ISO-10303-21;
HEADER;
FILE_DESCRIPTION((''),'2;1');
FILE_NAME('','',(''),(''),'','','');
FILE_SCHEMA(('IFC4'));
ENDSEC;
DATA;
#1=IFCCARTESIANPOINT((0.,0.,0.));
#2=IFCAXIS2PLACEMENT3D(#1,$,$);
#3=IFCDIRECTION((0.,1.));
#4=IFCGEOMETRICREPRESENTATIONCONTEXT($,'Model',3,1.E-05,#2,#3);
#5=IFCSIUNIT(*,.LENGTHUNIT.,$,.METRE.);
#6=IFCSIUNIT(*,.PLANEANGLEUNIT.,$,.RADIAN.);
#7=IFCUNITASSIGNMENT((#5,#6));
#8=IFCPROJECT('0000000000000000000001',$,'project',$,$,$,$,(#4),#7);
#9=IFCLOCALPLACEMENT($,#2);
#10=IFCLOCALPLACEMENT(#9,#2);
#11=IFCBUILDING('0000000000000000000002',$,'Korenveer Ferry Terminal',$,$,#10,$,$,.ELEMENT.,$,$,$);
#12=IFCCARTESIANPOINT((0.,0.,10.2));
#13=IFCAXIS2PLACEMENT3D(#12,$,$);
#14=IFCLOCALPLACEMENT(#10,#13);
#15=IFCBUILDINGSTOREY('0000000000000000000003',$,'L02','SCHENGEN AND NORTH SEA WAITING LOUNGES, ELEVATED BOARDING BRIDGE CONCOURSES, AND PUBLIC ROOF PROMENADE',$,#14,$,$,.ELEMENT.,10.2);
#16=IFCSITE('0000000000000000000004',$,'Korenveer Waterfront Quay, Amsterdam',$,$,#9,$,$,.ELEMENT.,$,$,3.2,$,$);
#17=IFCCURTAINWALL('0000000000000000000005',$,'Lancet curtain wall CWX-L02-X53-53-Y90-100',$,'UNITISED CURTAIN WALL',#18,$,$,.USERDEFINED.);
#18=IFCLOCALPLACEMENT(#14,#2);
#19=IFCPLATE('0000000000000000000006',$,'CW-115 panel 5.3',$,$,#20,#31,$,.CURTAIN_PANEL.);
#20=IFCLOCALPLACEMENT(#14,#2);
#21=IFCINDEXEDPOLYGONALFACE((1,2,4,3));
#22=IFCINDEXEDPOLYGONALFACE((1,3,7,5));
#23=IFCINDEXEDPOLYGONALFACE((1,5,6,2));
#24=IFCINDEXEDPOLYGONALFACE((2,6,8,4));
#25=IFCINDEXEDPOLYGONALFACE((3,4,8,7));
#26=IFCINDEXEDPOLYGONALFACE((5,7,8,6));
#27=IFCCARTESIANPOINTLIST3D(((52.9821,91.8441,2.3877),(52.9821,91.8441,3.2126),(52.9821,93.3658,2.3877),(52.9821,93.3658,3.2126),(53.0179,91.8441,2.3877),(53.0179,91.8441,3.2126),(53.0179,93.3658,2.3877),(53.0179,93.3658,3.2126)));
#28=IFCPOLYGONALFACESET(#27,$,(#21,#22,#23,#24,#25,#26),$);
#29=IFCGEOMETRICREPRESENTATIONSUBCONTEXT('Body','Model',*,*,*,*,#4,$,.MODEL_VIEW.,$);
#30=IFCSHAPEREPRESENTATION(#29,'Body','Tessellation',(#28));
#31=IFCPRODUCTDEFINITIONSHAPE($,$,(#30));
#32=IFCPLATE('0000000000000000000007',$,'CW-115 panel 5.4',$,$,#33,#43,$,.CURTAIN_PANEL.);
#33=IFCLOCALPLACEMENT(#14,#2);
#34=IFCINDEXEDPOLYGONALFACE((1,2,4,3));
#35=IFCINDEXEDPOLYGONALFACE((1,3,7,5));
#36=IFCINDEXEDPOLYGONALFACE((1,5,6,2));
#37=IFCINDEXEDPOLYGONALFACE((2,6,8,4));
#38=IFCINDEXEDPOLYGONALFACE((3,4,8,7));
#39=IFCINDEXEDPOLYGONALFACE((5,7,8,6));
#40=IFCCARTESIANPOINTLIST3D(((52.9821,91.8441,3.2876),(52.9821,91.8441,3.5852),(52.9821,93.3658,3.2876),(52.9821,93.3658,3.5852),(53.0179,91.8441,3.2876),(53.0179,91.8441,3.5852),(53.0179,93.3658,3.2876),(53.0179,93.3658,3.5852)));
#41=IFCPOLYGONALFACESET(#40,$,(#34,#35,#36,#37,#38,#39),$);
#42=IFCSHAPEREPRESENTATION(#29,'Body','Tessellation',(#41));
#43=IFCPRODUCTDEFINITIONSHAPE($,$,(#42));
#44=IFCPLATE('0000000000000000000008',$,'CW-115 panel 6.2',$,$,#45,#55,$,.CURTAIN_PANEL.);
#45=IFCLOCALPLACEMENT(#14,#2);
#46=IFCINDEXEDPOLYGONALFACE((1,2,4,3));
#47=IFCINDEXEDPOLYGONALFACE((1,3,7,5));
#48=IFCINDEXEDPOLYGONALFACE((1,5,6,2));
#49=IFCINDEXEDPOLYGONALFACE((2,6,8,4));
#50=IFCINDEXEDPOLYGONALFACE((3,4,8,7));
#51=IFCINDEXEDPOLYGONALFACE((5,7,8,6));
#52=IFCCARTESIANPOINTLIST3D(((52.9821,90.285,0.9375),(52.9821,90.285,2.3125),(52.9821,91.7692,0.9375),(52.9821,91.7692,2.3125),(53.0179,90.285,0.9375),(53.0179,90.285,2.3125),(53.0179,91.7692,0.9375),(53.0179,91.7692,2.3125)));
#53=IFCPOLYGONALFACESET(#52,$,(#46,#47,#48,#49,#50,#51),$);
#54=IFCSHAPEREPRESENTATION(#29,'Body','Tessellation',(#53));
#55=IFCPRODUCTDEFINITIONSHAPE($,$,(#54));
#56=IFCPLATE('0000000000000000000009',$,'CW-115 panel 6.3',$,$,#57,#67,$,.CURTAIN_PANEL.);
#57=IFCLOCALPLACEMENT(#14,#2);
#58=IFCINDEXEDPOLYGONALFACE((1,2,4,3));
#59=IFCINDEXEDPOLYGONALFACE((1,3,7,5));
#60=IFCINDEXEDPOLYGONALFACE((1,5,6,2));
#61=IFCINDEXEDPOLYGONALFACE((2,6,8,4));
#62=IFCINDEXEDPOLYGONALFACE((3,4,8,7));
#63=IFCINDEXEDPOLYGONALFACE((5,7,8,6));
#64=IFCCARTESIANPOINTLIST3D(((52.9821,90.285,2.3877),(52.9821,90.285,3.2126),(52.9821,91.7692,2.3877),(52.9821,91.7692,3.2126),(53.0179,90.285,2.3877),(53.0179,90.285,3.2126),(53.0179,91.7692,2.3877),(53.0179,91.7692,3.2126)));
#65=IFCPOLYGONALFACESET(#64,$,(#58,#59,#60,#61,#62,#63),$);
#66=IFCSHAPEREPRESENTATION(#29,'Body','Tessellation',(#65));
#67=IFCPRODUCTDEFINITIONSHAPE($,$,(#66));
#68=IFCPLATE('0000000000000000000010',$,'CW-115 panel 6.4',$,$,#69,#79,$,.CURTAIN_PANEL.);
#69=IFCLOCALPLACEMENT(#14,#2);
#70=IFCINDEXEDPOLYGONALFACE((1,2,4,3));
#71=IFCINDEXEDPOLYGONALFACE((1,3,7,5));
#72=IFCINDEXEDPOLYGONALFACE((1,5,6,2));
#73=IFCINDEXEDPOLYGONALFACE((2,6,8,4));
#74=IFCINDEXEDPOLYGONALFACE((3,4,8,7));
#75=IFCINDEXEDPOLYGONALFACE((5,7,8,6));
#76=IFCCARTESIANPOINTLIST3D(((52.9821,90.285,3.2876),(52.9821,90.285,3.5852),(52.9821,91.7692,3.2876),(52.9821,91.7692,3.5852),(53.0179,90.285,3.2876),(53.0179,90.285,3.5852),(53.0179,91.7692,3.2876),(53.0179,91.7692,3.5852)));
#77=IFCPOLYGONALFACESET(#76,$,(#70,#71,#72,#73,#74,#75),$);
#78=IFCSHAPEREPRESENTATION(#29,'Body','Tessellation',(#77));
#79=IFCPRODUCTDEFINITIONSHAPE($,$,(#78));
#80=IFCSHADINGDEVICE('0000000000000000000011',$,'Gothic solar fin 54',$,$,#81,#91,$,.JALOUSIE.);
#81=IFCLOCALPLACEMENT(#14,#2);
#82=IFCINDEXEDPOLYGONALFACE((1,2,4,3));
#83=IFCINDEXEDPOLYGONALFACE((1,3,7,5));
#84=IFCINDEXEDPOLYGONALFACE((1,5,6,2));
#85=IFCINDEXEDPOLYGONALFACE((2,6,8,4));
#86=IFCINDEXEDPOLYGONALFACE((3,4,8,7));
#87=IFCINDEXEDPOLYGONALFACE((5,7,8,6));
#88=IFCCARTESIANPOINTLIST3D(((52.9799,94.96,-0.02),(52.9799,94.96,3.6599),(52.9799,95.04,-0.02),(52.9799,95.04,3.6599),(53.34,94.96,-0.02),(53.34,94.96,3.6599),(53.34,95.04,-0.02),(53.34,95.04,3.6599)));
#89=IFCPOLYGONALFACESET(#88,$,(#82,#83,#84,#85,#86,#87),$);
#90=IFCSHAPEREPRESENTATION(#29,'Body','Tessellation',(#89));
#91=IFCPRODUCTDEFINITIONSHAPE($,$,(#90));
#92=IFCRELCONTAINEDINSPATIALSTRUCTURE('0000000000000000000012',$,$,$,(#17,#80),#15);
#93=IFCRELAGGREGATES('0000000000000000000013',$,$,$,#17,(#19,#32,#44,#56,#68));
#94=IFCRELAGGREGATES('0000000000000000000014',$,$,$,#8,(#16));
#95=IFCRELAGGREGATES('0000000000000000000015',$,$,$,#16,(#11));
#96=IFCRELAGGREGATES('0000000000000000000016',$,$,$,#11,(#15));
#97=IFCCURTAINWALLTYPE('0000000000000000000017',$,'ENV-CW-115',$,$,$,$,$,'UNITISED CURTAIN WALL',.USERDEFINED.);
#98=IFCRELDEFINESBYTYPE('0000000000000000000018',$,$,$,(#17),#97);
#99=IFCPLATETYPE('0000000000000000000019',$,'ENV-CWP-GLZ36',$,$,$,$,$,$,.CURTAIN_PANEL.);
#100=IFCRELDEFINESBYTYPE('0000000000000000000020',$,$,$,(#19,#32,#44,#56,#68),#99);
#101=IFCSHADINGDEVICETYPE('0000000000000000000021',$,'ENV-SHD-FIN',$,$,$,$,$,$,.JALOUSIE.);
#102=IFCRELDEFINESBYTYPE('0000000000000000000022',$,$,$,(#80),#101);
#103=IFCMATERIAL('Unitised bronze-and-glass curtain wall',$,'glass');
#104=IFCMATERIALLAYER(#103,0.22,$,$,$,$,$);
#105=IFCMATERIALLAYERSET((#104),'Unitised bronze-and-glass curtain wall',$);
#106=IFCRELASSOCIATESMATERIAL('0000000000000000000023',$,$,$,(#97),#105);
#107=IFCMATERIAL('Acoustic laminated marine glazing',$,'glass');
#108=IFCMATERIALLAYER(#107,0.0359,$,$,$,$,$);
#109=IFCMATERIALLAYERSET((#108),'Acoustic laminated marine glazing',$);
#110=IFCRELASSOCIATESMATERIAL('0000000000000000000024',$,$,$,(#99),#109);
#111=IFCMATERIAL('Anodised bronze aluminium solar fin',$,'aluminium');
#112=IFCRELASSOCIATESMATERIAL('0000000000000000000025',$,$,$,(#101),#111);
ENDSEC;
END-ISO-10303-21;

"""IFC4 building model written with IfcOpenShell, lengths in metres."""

from ifc_helpers import new_model, si_unit, direction, frame, origin, origin_2d, place, context, subcontext, project, spatial, rectangle, extrude, material, layer, layer_set, type_object, element, aggregate, save


model = new_model("IFC4")

# Units and contexts
model_context = context("Model", 3, precision=1e-05, world=origin(), true_north=direction((0.0, 1.0)))
body_context = subcontext(model_context, "Body", "Model", "MODEL_VIEW")
ifc_project = project(units=[si_unit("LENGTHUNIT", "METRE"), si_unit("PLANEANGLEUNIT", "RADIAN")], contexts=[model_context])

# Site, building, storey
site_placement = place(None, origin())
site = spatial("IfcSite", under=ifc_project, at=site_placement, Name="Korenveer Waterfront Quay, Amsterdam", CompositionType="ELEMENT", RefElevation=3.2)
building_placement = place(site_placement, origin())
building = spatial("IfcBuilding", under=site, at=building_placement, Name="Korenveer Ferry Terminal", CompositionType="ELEMENT")
storey_placement = place(building_placement, frame((0.0, 0.0, 10.2)))
storey = spatial("IfcBuildingStorey", under=building, at=storey_placement, Name="L02", Description="SCHENGEN AND NORTH SEA WAITING LOUNGES, ELEVATED BOARDING BRIDGE CONCOURSES, AND PUBLIC ROOF PROMENADE", CompositionType="ELEMENT", Elevation=10.2)

# Curtain wall, plates
ifc_material_1 = material(Name="Unitised bronze-and-glass curtain wall", Category="glass")
ifc_layer_1 = layer(ifc_material_1, 0.22)
ifc_layer_set_1 = layer_set([ifc_layer_1], Name="Unitised bronze-and-glass curtain wall")
curtain_wall_type = type_object("IfcCurtainWallType", Name="ENV-CW-115", ElementType="UNITISED CURTAIN WALL", PredefinedType="USERDEFINED", material=ifc_layer_set_1)
curtain_wall_placement = place(storey_placement, frame((53.0, 99.79, 0.0)))
curtain_wall = element("IfcCurtainWall", 1, at=curtain_wall_placement, inside=storey, type_object=curtain_wall_type, Name="Lancet curtain wall CWX-L02-X53-53-Y90-100", ObjectType="UNITISED CURTAIN WALL", PredefinedType="USERDEFINED")
ifc_material_2 = material(Name="Acoustic laminated marine glazing", Category="glass")
ifc_layer_2 = layer(ifc_material_2, 0.0359)
ifc_layer_set_2 = layer_set([ifc_layer_2], Name="Acoustic laminated marine glazing")
plate_type = type_object("IfcPlateType", Name="ENV-CWP-GLZ36", PredefinedType="CURTAIN_PANEL", material=ifc_layer_set_2)
plate_1_placement = place(storey_placement, frame((53.0, 92.605, 2.3877), z_axis=(0.0, 0.0, 1.0), x_axis=(0.0, -1.0, 0.0)))
plate_1 = element("IfcPlate", 2, at=plate_1_placement, type_object=plate_type, Name="CW-115 panel 5.3", PredefinedType="CURTAIN_PANEL", context=body_context, shape_type="SweptSolid", body=[
    extrude(rectangle(XDim=1.5217, YDim=0.0359, at=origin_2d()), origin(), (0.0, 0.0, 1.0), 0.825),
])
plate_2_placement = place(storey_placement, frame((53.0, 92.605, 3.2876), z_axis=(0.0, 0.0, 1.0), x_axis=(0.0, -1.0, 0.0)))
plate_2 = element("IfcPlate", 3, at=plate_2_placement, type_object=plate_type, Name="CW-115 panel 5.4", PredefinedType="CURTAIN_PANEL", context=body_context, shape_type="SweptSolid", body=[
    extrude(rectangle(XDim=1.5217, YDim=0.0359, at=origin_2d()), origin(), (0.0, 0.0, 1.0), 0.2976),
])
plate_3_placement = place(storey_placement, frame((53.0, 91.0271, 0.9375), z_axis=(0.0, 0.0, 1.0), x_axis=(0.0, -1.0, 0.0)))
plate_3 = element("IfcPlate", 4, at=plate_3_placement, type_object=plate_type, Name="CW-115 panel 6.2", PredefinedType="CURTAIN_PANEL", context=body_context, shape_type="SweptSolid", body=[
    extrude(rectangle(XDim=1.4841, YDim=0.0359, at=origin_2d()), origin(), (0.0, 0.0, 1.0), 1.375),
])
plate_4_placement = place(storey_placement, frame((53.0, 91.0271, 2.3877), z_axis=(0.0, 0.0, 1.0), x_axis=(0.0, -1.0, 0.0)))
plate_4 = element("IfcPlate", 5, at=plate_4_placement, type_object=plate_type, Name="CW-115 panel 6.3", PredefinedType="CURTAIN_PANEL", context=body_context, shape_type="SweptSolid", body=[
    extrude(rectangle(XDim=1.4841, YDim=0.0359, at=origin_2d()), origin(), (0.0, 0.0, 1.0), 0.825),
])
plate_5_placement = place(storey_placement, frame((53.0, 91.0271, 3.2876), z_axis=(0.0, 0.0, 1.0), x_axis=(0.0, -1.0, 0.0)))
plate_5 = element("IfcPlate", 6, at=plate_5_placement, type_object=plate_type, Name="CW-115 panel 6.4", PredefinedType="CURTAIN_PANEL", context=body_context, shape_type="SweptSolid", body=[
    extrude(rectangle(XDim=1.4841, YDim=0.0359, at=origin_2d()), origin(), (0.0, 0.0, 1.0), 0.2976),
])
aggregate(curtain_wall, [plate_1, plate_2, plate_3, plate_4, plate_5])

# Shading device
ifc_material_3 = material(Name="Anodised bronze aluminium solar fin", Category="aluminium")
shading_device_type = type_object("IfcShadingDeviceType", Name="ENV-SHD-FIN", PredefinedType="JALOUSIE", material=ifc_material_3)
shading_device_placement = place(storey_placement, frame((53.1599, 95.0, -0.02), z_axis=(0.0, 0.0, 1.0), x_axis=(1.0, 0.0, 0.0)))
element("IfcShadingDevice", 7, at=shading_device_placement, inside=storey, type_object=shading_device_type, Name="Gothic solar fin 54", PredefinedType="JALOUSIE", context=body_context, shape_type="SweptSolid", body=[
    extrude(rectangle(XDim=0.3601, YDim=0.0801, at=origin_2d()), origin(), (0.0, 0.0, 1.0), 3.6799),
])

save(model, "model.ifc")
